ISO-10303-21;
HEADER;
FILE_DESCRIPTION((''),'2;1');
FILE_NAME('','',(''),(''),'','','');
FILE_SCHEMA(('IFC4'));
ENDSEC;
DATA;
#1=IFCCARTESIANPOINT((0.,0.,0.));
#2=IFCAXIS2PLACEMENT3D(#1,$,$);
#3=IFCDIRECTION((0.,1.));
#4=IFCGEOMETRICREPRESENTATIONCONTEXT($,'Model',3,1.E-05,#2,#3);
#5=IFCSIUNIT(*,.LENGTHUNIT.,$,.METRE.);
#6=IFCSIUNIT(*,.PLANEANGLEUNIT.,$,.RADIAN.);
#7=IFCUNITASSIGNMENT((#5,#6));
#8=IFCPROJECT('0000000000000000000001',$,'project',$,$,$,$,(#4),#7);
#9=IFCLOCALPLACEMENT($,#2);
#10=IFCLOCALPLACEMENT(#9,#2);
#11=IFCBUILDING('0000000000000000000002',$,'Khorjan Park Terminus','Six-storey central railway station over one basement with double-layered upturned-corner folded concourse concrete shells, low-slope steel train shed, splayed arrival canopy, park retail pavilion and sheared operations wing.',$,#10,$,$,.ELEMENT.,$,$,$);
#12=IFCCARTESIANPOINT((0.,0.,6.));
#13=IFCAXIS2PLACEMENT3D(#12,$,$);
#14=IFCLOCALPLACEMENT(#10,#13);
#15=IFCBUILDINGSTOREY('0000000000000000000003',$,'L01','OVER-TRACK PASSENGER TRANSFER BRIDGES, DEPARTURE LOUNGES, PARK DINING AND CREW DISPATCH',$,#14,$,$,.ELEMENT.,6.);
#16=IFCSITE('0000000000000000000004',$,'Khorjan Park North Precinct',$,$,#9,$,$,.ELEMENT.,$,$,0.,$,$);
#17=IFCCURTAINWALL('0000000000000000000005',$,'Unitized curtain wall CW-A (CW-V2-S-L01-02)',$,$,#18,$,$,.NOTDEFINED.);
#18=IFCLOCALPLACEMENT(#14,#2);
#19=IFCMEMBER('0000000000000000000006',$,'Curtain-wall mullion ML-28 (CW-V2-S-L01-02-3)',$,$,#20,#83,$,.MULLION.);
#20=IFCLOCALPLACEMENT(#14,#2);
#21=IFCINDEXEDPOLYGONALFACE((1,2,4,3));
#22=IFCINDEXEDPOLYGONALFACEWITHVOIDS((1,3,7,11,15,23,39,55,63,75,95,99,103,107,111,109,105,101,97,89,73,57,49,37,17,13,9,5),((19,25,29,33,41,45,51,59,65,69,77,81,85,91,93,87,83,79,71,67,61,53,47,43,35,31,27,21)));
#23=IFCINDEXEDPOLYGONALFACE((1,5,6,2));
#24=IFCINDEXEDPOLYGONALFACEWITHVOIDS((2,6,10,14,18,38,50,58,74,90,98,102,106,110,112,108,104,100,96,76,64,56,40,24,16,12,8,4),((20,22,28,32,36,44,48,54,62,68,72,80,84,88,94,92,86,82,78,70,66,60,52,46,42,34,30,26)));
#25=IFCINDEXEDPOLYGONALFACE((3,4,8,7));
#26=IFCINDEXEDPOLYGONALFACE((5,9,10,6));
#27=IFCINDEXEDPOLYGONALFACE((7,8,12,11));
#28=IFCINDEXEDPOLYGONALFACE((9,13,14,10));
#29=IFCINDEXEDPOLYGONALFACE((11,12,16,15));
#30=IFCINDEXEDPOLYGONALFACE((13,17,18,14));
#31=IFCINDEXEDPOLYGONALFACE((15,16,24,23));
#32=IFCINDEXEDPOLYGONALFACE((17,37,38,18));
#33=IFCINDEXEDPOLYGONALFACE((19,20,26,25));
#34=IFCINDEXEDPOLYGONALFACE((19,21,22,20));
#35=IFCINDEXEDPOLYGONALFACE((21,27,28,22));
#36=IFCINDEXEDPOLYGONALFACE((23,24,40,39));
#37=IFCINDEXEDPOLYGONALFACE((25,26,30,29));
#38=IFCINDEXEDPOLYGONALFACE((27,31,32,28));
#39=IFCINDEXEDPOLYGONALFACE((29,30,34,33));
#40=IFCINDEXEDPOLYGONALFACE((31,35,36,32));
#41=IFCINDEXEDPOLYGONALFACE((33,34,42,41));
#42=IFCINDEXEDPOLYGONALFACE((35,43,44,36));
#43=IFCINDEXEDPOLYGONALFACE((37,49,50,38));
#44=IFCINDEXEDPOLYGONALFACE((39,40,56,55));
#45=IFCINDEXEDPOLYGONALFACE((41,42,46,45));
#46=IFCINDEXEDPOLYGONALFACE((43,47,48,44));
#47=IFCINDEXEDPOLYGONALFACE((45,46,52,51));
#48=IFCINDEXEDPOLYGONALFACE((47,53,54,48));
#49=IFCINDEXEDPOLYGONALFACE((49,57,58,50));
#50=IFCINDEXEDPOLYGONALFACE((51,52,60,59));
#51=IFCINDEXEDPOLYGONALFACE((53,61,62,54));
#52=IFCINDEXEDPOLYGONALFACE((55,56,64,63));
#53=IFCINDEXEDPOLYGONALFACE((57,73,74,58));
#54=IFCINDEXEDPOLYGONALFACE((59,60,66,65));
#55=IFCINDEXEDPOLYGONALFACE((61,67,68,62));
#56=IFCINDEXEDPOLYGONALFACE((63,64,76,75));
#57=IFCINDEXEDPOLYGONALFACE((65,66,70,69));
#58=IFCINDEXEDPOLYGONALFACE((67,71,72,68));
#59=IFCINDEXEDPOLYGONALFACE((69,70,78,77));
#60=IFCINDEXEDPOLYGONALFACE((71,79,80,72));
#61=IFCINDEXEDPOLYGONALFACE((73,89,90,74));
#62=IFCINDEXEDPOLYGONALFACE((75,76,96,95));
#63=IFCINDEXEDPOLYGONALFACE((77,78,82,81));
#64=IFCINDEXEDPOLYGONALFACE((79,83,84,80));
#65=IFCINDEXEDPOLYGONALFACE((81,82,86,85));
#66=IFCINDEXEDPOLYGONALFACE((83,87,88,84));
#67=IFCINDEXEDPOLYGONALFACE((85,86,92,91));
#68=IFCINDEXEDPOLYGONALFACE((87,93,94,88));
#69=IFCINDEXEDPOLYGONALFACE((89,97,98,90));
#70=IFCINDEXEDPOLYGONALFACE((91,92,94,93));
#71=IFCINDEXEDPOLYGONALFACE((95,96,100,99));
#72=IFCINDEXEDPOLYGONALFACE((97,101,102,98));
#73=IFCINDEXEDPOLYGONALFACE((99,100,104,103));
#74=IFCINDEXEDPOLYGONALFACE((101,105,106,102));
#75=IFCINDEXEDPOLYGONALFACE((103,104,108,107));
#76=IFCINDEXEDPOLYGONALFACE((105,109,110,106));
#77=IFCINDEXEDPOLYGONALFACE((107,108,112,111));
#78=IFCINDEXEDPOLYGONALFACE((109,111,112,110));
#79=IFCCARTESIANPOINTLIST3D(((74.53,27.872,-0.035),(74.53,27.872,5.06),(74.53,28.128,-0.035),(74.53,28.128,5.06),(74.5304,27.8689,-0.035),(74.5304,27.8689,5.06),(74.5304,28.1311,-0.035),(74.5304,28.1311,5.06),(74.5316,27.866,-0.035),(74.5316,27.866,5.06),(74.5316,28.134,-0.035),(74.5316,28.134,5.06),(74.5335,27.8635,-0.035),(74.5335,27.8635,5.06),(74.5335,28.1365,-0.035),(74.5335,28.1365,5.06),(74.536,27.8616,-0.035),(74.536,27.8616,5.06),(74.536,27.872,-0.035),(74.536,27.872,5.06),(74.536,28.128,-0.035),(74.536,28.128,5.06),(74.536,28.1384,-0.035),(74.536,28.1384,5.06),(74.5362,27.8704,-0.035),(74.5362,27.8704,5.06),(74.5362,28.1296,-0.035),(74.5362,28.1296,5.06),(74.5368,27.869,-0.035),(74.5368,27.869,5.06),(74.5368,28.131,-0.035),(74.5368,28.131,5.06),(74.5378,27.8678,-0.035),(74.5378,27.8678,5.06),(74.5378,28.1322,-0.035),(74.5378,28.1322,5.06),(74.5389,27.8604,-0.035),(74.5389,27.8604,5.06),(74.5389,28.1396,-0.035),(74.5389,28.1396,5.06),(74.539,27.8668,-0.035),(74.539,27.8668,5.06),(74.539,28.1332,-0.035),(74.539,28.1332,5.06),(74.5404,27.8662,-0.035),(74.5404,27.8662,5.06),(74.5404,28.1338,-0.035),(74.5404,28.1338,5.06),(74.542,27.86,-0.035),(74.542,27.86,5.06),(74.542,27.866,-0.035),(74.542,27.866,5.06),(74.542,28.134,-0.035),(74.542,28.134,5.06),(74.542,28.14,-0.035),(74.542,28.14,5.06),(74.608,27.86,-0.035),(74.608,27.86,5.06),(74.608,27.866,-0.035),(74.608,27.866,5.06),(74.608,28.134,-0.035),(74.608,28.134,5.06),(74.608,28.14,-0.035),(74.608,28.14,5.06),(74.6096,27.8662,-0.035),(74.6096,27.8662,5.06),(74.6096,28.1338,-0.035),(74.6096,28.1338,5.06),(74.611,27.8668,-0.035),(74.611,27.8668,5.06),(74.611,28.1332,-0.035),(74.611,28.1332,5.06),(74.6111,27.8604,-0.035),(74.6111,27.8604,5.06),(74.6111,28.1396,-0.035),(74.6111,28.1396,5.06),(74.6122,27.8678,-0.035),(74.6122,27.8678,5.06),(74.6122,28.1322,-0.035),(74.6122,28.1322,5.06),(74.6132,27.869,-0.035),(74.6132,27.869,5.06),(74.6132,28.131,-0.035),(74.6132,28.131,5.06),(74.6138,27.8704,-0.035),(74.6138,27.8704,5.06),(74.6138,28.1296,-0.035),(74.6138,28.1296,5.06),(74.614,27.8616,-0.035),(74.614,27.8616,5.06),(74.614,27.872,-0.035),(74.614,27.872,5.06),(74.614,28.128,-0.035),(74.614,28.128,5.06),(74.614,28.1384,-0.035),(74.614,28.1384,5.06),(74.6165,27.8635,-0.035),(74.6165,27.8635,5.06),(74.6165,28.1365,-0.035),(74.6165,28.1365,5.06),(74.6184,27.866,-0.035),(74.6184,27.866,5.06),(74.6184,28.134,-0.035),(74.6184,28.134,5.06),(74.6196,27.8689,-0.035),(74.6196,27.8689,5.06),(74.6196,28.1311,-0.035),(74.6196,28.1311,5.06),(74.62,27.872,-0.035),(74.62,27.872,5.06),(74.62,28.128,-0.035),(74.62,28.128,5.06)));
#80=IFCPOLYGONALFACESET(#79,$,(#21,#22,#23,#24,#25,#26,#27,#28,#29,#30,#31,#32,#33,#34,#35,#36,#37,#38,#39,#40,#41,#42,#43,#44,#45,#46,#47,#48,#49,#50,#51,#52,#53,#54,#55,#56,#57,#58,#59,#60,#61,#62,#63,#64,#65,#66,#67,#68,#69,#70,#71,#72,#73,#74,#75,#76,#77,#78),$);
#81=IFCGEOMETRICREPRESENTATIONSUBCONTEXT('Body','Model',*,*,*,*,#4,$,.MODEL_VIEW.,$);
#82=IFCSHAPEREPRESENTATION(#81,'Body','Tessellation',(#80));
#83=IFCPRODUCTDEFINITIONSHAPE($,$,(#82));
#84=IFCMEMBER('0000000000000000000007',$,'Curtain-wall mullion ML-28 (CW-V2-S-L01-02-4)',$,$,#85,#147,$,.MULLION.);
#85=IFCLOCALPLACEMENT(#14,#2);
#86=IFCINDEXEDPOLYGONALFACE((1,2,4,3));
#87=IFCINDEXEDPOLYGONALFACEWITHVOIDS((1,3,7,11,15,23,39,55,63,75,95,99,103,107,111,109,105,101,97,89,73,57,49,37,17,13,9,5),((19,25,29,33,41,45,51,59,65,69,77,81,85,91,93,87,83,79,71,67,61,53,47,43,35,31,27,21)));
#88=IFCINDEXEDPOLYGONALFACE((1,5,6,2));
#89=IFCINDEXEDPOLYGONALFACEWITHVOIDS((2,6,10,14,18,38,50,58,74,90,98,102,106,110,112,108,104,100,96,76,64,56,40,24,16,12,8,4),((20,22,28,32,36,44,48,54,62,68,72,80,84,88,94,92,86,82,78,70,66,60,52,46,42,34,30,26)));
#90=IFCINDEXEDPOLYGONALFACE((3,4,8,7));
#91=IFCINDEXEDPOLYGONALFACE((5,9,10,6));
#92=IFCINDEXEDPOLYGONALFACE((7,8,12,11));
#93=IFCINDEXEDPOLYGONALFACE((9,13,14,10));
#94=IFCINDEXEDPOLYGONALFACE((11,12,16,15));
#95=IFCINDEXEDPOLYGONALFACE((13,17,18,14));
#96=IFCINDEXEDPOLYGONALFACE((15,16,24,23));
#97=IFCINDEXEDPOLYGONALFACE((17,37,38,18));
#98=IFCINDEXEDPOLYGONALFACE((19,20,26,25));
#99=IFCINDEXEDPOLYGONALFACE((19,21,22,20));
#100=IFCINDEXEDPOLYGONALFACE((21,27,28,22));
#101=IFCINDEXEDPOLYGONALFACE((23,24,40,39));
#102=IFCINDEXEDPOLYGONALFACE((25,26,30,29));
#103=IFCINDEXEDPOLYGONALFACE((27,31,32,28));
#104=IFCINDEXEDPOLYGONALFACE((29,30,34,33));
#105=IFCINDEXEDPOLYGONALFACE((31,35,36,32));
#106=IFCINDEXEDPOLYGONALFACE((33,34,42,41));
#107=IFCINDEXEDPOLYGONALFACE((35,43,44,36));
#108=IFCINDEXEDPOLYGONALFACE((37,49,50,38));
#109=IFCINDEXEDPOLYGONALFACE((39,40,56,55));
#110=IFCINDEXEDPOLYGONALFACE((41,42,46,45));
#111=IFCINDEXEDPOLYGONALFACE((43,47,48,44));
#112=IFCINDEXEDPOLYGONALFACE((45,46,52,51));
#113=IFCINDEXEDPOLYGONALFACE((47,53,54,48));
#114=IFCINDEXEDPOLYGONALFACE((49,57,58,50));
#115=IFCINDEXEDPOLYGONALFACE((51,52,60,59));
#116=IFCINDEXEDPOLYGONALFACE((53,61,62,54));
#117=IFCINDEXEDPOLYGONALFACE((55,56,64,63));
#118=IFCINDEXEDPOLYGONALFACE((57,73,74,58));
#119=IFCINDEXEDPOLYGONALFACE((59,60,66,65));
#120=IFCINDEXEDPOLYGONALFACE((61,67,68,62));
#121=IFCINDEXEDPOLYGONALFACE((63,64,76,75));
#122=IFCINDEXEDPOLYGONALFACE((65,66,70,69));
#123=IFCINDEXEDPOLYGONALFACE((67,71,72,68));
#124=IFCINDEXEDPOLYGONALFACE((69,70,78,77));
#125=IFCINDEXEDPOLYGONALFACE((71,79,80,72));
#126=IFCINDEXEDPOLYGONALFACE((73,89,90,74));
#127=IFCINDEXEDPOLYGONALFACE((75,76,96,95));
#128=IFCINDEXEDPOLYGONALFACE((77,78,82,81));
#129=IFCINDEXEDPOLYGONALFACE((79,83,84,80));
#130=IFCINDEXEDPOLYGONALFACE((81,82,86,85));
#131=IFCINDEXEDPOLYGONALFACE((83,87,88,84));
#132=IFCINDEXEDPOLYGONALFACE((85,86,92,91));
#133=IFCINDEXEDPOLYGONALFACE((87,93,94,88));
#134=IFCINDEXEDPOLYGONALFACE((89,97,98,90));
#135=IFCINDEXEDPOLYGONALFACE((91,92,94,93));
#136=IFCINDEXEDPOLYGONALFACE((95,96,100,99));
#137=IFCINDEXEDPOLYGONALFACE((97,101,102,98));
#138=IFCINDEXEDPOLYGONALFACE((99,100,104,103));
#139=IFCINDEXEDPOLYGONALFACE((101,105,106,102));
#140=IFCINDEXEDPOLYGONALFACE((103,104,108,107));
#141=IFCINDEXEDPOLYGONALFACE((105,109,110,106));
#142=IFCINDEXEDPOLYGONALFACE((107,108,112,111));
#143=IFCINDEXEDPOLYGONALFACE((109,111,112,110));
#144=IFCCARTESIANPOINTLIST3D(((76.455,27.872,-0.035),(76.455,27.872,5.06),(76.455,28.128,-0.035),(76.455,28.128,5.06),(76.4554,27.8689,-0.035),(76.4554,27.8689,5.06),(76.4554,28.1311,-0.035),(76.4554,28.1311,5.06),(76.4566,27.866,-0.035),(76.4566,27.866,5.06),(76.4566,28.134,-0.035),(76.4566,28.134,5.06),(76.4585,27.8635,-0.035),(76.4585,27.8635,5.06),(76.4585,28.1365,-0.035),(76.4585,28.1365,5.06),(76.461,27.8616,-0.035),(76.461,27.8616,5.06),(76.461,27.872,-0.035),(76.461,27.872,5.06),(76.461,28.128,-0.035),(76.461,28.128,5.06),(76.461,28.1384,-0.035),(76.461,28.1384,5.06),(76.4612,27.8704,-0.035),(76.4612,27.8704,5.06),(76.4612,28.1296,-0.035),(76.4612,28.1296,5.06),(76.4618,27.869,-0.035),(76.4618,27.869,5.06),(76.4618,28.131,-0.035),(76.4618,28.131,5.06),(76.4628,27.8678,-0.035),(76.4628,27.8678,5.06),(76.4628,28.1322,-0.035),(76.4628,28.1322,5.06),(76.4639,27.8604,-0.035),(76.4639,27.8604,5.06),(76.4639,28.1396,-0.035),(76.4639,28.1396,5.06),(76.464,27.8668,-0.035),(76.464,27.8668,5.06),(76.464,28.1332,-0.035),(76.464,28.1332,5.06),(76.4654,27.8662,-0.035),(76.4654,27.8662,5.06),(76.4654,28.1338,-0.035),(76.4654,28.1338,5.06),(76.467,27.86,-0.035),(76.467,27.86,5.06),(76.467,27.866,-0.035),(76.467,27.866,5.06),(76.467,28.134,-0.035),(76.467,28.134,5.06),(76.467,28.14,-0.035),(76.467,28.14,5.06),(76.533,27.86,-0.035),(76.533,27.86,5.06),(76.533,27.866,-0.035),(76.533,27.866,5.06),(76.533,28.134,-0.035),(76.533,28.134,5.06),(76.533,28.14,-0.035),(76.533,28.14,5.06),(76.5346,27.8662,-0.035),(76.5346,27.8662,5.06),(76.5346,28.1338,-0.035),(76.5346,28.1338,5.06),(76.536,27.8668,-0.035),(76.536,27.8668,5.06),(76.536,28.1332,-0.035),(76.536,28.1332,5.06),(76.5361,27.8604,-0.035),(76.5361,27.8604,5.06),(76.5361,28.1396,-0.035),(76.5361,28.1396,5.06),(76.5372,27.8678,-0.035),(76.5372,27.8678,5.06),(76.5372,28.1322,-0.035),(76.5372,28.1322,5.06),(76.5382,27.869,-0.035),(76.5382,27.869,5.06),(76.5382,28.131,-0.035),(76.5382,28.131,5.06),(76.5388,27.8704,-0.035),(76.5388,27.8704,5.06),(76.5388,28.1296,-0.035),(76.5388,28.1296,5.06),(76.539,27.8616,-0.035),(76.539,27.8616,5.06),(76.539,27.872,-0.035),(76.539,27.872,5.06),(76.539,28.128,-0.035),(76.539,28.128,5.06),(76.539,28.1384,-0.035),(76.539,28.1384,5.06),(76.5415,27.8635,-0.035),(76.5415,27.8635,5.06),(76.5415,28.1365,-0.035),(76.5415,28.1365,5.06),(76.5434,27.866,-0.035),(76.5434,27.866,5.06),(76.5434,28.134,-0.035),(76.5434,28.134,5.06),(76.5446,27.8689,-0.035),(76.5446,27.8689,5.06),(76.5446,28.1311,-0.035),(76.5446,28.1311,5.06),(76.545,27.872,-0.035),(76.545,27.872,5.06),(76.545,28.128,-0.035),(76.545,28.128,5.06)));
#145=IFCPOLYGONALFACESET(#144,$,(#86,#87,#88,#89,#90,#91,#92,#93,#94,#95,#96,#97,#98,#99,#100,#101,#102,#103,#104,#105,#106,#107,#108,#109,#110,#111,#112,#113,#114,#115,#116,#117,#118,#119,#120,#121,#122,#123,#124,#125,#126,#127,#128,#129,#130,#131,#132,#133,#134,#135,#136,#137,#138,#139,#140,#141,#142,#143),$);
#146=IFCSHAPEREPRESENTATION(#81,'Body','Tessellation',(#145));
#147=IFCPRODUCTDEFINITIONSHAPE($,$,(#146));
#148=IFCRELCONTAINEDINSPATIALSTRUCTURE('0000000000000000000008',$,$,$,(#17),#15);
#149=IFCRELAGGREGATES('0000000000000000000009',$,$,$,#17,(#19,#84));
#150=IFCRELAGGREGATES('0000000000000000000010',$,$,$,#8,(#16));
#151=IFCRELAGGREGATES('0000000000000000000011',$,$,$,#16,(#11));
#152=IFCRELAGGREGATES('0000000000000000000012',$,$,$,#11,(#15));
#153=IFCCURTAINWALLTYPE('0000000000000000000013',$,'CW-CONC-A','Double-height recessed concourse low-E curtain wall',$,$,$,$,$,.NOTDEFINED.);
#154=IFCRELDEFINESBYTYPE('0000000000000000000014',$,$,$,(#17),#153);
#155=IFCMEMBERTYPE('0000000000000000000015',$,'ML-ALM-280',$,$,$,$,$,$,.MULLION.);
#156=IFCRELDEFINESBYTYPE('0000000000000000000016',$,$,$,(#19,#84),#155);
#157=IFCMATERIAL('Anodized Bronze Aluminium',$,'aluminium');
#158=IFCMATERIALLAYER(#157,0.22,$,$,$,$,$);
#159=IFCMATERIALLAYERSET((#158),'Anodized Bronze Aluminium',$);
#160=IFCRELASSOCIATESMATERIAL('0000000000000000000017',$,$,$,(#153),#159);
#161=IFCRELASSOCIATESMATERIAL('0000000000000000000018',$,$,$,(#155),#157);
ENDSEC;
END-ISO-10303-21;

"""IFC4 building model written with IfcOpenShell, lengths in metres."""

from ifc_helpers import new_model, si_unit, direction, frame, origin, origin_2d, place, context, subcontext, project, spatial, hollow_rectangle, extrude, material, layer, layer_set, material_profile, profile_set, type_object, element, aggregate, save


model = new_model("IFC4")

# Units and contexts
model_context = context("Model", 3, precision=1e-05, world=origin(), true_north=direction((0.0, 1.0)))
body_context = subcontext(model_context, "Body", "Model", "MODEL_VIEW")
ifc_project = project(units=[si_unit("LENGTHUNIT", "METRE"), si_unit("PLANEANGLEUNIT", "RADIAN")], contexts=[model_context])

# Site, building, storey
site_placement = place(None, origin())
site = spatial("IfcSite", under=ifc_project, at=site_placement, Name="Khorjan Park North Precinct", CompositionType="ELEMENT", RefElevation=0.0)
building_placement = place(site_placement, origin())
building = spatial("IfcBuilding", under=site, at=building_placement, Name="Khorjan Park Terminus", Description="Six-storey central railway station over one basement with double-layered upturned-corner folded concourse concrete shells, low-slope steel train shed, splayed arrival canopy, park retail pavilion and sheared operations wing.", CompositionType="ELEMENT")
storey_placement = place(building_placement, frame((0.0, 0.0, 6.0)))
storey = spatial("IfcBuildingStorey", under=building, at=storey_placement, Name="L01", Description="OVER-TRACK PASSENGER TRANSFER BRIDGES, DEPARTURE LOUNGES, PARK DINING AND CREW DISPATCH", CompositionType="ELEMENT", Elevation=6.0)

# Curtain wall, members
ifc_material_1 = material(Name="Anodized Bronze Aluminium", Category="aluminium")
ifc_layer_1 = layer(ifc_material_1, 0.22)
ifc_layer_set_1 = layer_set([ifc_layer_1], Name="Anodized Bronze Aluminium")
curtain_wall_type = type_object("IfcCurtainWallType", Name="CW-CONC-A", Description="Double-height recessed concourse low-E curtain wall", PredefinedType="NOTDEFINED", material=ifc_layer_set_1)
curtain_wall_1_placement = place(storey_placement, origin())
curtain_wall_1 = element("IfcCurtainWall", 1, at=curtain_wall_1_placement, inside=storey, type_object=curtain_wall_type, Name="Unitized curtain wall CW-A (CW-V2-S-L01-02)", PredefinedType="NOTDEFINED")
ifc_material_profile_1 = material_profile(ifc_material_1, hollow_rectangle(XDim=0.09, YDim=0.28, WallThickness=0.006, InnerFilletRadius=0.006, OuterFilletRadius=0.012, at=origin_2d()), Name="ALM 90x280x6")
ifc_profile_set_1 = profile_set([ifc_material_profile_1], Name="Anodized Bronze Aluminium")
member_type_1 = type_object("IfcMemberType", Name="ML-ALM-280", PredefinedType="MULLION", material=ifc_profile_set_1)
member_1_placement = place(storey_placement, frame((74.575, 28.0, -0.035), z_axis=(0.0, 0.0, 1.0), x_axis=(1.0, 0.0, 0.0)))
member_1 = element("IfcMember", 2, at=member_1_placement, type_object=member_type_1, Name="Curtain-wall mullion ML-28 (CW-V2-S-L01-02-3)", PredefinedType="MULLION", context=body_context, shape_type="SweptSolid", body=[
    extrude(hollow_rectangle(XDim=0.09, YDim=0.28, WallThickness=0.006, InnerFilletRadius=0.006, OuterFilletRadius=0.012, at=origin_2d()), origin(), (0.0, 0.0, 1.0), 5.095),
])
member_2_placement = place(storey_placement, frame((76.5, 28.0, -0.035), z_axis=(0.0, 0.0, 1.0), x_axis=(1.0, 0.0, 0.0)))
member_2 = element("IfcMember", 3, at=member_2_placement, type_object=member_type_1, Name="Curtain-wall mullion ML-28 (CW-V2-S-L01-02-4)", PredefinedType="MULLION", context=body_context, shape_type="SweptSolid", body=[
    extrude(hollow_rectangle(XDim=0.09, YDim=0.28, WallThickness=0.006, InnerFilletRadius=0.006, OuterFilletRadius=0.012, at=origin_2d()), origin(), (0.0, 0.0, 1.0), 5.095),
])

aggregate(curtain_wall_1, [member_1, member_2])

save(model, "model.ifc")
